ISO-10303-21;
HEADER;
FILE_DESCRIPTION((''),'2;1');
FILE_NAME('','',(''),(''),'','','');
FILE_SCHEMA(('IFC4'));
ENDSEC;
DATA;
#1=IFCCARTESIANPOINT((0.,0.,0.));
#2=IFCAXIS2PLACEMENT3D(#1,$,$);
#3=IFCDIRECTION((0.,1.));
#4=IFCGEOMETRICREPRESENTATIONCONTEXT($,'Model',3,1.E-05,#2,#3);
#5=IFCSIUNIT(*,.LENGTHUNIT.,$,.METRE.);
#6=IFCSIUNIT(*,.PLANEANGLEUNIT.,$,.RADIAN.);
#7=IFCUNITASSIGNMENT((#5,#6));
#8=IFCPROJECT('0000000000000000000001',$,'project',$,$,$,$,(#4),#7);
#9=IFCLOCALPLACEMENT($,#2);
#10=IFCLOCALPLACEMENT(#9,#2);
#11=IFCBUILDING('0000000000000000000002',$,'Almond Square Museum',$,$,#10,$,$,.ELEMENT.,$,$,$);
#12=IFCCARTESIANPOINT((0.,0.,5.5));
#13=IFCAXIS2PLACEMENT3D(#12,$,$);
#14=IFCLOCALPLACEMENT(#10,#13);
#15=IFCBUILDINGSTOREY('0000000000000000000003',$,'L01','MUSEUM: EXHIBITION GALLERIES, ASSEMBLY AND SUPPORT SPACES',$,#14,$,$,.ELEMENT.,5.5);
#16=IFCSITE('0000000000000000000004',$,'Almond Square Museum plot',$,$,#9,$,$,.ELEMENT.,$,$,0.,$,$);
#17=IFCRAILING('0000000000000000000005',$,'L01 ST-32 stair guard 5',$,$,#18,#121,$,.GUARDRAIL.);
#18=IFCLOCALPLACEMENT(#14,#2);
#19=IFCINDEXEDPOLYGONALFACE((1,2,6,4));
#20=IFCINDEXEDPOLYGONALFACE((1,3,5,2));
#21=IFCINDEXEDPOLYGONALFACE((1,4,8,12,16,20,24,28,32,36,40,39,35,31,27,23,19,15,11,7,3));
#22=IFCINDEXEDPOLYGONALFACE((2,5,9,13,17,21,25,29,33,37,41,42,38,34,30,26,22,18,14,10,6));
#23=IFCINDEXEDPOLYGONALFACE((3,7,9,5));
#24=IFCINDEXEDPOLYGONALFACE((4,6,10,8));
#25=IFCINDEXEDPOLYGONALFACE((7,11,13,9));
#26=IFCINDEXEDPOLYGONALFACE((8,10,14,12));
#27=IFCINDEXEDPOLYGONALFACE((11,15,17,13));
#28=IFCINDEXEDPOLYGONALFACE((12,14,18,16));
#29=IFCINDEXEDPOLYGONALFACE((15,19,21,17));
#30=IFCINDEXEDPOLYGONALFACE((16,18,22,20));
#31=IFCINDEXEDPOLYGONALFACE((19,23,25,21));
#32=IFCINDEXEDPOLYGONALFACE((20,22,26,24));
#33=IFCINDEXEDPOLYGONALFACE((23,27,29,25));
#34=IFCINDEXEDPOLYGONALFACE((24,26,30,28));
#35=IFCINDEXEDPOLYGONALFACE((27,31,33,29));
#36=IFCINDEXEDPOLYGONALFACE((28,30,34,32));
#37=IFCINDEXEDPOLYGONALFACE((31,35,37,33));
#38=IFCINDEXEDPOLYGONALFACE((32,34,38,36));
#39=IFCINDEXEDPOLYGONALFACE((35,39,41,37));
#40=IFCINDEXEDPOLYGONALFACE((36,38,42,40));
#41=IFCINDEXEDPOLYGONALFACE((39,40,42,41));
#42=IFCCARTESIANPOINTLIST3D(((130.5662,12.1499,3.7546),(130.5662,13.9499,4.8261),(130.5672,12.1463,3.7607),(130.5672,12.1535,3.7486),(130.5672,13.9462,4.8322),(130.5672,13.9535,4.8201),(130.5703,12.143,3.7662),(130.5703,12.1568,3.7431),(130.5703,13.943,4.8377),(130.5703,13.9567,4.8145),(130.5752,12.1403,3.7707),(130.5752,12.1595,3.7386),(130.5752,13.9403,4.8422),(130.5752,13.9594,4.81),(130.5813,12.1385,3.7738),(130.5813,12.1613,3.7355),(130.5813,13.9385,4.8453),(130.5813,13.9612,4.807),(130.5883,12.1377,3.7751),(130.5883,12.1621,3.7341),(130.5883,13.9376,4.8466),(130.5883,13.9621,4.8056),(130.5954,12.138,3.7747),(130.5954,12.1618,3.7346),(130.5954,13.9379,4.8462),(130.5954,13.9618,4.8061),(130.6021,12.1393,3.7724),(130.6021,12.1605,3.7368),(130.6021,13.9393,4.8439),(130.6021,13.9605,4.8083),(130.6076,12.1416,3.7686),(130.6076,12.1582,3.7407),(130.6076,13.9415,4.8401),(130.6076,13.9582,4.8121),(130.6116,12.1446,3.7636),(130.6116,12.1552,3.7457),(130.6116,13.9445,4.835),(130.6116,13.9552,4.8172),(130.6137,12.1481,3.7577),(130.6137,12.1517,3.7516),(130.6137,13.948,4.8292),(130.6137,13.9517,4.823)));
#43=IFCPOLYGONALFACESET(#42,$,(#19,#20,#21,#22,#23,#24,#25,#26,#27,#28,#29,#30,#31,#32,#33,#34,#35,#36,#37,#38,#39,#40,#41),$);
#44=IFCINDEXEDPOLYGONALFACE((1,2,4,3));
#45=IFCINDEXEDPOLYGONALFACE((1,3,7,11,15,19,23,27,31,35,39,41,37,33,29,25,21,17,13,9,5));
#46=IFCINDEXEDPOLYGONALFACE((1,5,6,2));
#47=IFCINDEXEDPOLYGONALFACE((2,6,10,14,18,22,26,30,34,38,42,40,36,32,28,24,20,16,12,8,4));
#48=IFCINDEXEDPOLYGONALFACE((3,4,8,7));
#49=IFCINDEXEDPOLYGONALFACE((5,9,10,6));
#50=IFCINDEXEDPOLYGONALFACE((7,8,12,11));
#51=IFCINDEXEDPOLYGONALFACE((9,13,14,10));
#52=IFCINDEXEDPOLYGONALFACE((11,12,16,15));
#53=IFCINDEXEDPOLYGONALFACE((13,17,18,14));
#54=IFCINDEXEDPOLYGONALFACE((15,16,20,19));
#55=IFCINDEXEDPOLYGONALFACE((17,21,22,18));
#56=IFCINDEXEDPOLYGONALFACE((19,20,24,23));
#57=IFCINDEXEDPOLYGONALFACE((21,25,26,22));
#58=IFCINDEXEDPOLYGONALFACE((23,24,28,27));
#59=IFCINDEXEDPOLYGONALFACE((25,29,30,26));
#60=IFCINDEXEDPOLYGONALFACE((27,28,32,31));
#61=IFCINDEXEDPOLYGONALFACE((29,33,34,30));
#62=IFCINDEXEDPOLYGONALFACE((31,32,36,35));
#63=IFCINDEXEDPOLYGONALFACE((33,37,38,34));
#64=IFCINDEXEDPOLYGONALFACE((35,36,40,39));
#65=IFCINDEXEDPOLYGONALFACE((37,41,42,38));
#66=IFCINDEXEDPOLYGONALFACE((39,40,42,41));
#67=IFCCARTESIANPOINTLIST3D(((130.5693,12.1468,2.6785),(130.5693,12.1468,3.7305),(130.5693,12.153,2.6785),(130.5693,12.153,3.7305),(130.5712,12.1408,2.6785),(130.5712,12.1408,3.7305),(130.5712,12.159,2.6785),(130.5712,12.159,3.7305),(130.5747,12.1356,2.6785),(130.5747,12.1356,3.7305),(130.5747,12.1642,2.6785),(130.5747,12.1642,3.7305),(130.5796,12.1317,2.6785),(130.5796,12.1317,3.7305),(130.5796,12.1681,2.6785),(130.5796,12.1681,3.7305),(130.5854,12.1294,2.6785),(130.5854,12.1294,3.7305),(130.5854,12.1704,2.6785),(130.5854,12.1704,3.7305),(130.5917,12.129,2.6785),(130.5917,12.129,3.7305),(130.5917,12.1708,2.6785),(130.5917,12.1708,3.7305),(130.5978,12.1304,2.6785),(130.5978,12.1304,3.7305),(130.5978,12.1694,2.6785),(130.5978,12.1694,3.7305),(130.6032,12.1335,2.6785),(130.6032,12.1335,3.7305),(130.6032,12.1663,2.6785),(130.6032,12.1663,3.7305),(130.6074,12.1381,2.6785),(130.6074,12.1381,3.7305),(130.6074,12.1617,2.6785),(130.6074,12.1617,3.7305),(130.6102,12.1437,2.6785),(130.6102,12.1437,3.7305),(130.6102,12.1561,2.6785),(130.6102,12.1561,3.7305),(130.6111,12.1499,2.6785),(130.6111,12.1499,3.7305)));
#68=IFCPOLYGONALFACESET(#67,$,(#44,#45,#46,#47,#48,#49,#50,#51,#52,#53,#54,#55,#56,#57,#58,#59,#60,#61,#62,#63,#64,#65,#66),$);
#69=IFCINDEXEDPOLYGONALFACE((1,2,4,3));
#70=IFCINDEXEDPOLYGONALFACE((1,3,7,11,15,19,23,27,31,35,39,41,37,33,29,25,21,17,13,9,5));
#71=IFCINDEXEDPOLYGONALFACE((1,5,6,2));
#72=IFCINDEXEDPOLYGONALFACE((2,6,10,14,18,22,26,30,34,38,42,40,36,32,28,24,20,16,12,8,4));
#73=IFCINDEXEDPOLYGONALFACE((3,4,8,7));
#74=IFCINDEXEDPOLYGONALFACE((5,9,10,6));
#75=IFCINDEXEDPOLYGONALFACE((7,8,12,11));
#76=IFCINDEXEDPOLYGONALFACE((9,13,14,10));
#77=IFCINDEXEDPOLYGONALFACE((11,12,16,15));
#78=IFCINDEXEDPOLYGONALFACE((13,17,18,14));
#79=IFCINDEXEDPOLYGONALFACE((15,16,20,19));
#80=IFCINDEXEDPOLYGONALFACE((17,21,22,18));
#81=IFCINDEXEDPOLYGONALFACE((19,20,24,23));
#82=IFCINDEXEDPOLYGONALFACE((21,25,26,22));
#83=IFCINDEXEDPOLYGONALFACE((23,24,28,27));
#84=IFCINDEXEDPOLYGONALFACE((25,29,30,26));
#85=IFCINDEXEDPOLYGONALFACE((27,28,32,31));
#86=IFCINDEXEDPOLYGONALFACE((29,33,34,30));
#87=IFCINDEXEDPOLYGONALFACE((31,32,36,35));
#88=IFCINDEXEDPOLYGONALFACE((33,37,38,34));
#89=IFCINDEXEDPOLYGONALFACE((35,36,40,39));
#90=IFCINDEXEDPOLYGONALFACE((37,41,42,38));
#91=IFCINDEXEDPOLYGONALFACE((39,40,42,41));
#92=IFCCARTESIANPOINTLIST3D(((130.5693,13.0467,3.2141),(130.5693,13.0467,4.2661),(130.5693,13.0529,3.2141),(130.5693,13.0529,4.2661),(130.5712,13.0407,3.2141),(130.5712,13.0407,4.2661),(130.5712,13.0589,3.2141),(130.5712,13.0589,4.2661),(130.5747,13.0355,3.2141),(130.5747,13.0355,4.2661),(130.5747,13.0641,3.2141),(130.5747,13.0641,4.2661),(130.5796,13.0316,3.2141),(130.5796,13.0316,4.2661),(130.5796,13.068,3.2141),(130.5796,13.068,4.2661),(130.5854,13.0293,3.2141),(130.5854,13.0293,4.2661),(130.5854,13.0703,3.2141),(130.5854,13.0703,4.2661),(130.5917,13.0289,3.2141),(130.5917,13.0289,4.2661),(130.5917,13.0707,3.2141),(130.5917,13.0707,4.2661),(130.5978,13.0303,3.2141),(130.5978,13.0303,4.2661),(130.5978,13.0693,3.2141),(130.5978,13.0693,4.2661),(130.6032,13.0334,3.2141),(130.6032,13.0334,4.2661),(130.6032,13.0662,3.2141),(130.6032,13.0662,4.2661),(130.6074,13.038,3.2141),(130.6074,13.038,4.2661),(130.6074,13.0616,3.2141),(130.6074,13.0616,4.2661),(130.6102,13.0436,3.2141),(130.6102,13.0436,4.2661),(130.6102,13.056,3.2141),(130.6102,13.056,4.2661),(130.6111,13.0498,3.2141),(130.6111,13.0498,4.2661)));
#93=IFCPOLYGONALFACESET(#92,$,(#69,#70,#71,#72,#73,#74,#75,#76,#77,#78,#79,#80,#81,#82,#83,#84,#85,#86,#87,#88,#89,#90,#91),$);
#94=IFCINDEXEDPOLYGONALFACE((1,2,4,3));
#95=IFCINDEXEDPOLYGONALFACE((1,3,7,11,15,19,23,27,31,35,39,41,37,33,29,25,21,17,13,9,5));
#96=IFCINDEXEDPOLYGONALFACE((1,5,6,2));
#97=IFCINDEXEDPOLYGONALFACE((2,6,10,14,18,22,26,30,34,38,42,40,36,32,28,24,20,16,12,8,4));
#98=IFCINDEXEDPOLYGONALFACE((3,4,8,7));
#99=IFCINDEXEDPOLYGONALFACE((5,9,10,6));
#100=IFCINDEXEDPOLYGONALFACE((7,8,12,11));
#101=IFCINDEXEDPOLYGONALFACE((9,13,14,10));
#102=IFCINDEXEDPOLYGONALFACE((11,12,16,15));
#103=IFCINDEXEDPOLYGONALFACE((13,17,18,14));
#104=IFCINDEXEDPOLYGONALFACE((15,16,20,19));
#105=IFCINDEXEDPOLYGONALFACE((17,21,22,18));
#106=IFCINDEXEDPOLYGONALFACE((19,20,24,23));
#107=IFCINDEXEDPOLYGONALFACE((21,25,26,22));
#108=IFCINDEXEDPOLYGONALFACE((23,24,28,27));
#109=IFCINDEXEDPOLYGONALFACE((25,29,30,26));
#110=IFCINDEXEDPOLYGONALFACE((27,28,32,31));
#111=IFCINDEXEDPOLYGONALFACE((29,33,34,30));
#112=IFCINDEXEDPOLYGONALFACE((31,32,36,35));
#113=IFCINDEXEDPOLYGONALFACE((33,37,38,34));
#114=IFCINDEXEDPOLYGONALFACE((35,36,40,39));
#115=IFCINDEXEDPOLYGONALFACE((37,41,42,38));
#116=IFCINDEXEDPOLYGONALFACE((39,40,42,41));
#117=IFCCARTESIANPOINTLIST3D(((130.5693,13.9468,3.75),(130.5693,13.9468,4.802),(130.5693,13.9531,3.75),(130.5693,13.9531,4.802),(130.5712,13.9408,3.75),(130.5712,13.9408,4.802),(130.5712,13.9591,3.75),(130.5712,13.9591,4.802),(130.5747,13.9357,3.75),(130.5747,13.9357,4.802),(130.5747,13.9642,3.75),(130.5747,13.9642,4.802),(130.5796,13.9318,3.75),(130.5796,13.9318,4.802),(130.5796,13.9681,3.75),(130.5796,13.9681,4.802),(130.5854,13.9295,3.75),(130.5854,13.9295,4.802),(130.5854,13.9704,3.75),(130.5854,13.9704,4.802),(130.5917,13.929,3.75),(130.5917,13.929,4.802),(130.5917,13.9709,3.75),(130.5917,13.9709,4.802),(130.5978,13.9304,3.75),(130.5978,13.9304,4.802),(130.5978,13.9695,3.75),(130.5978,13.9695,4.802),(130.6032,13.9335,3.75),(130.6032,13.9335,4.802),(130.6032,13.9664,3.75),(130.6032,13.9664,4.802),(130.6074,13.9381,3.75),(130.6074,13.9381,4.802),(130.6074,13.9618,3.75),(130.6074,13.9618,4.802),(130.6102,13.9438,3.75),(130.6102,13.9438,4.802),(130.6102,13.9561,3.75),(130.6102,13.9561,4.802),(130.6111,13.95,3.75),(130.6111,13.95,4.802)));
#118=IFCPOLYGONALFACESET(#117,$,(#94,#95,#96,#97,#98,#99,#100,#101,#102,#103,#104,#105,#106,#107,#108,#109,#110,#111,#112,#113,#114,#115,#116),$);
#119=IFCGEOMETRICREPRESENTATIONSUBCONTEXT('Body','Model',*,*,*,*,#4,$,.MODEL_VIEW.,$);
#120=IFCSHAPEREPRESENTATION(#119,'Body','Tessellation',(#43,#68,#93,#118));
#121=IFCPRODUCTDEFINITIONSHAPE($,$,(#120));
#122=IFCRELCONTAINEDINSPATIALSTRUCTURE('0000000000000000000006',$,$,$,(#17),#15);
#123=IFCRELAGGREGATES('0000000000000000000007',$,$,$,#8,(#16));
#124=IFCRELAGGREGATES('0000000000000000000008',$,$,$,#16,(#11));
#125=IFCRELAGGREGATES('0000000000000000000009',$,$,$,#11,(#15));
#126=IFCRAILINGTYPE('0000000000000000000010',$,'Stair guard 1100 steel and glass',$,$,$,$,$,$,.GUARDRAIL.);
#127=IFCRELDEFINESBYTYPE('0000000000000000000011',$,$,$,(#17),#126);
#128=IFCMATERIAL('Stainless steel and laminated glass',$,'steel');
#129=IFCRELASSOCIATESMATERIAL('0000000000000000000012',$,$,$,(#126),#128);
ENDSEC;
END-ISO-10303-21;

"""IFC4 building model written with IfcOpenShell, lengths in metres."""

from ifc_helpers import new_model, si_unit, direction, frame, origin, origin_2d, place, context, subcontext, project, spatial, circle, extrude, material, type_object, element, save


model = new_model("IFC4")

# Units and contexts
model_context = context("Model", 3, precision=1e-05, world=origin(), true_north=direction((0.0, 1.0)))
body_context = subcontext(model_context, "Body", "Model", "MODEL_VIEW")
ifc_project = project(units=[si_unit("LENGTHUNIT", "METRE"), si_unit("PLANEANGLEUNIT", "RADIAN")], contexts=[model_context])

# Site, building, storey
site_placement = place(None, origin())
site = spatial("IfcSite", under=ifc_project, at=site_placement, Name="Almond Square Museum plot", CompositionType="ELEMENT", RefElevation=0.0)
building_placement = place(site_placement, origin())
building = spatial("IfcBuilding", under=site, at=building_placement, Name="Almond Square Museum", CompositionType="ELEMENT")
storey_placement = place(building_placement, frame((0.0, 0.0, 5.5)))
storey = spatial("IfcBuildingStorey", under=building, at=storey_placement, Name="L01", Description="MUSEUM: EXHIBITION GALLERIES, ASSEMBLY AND SUPPORT SPACES", CompositionType="ELEMENT", Elevation=5.5)

# Railing
ifc_material_1 = material(Name="Stainless steel and laminated glass", Category="steel")
railing_type_1 = type_object("IfcRailingType", Name="Stair guard 1100 steel and glass", PredefinedType="GUARDRAIL", material=ifc_material_1)
railing_1_placement = place(storey_placement, frame((130.5901, 12.1499, 2.6785)))
element("IfcRailing", 1, at=railing_1_placement, inside=storey, type_object=railing_type_1, Name="L01 ST-32 stair guard 5", PredefinedType="GUARDRAIL", context=body_context, shape_type="SweptSolid", body=[
    extrude(circle(Radius=0.0239, at=origin_2d()), frame((0.0, 0.0, 1.0762), z_axis=(0.0, 0.859277, 0.51151), x_axis=(-1.0, 0.0, 0.0)), (0.0, 0.0, 1.0), 2.0947),
    extrude(circle(Radius=0.021, at=origin_2d()), origin(), (0.0, 0.0, 1.0), 1.052),
    extrude(circle(Radius=0.021, at=origin_2d()), frame((0.0, 0.8999, 0.5356)), (0.0, 0.0, 1.0), 1.052),
    extrude(circle(Radius=0.021, at=origin_2d()), frame((0.0, 1.8, 1.0715)), (0.0, 0.0, 1.0), 1.052),
])

save(model, "model.ifc")
